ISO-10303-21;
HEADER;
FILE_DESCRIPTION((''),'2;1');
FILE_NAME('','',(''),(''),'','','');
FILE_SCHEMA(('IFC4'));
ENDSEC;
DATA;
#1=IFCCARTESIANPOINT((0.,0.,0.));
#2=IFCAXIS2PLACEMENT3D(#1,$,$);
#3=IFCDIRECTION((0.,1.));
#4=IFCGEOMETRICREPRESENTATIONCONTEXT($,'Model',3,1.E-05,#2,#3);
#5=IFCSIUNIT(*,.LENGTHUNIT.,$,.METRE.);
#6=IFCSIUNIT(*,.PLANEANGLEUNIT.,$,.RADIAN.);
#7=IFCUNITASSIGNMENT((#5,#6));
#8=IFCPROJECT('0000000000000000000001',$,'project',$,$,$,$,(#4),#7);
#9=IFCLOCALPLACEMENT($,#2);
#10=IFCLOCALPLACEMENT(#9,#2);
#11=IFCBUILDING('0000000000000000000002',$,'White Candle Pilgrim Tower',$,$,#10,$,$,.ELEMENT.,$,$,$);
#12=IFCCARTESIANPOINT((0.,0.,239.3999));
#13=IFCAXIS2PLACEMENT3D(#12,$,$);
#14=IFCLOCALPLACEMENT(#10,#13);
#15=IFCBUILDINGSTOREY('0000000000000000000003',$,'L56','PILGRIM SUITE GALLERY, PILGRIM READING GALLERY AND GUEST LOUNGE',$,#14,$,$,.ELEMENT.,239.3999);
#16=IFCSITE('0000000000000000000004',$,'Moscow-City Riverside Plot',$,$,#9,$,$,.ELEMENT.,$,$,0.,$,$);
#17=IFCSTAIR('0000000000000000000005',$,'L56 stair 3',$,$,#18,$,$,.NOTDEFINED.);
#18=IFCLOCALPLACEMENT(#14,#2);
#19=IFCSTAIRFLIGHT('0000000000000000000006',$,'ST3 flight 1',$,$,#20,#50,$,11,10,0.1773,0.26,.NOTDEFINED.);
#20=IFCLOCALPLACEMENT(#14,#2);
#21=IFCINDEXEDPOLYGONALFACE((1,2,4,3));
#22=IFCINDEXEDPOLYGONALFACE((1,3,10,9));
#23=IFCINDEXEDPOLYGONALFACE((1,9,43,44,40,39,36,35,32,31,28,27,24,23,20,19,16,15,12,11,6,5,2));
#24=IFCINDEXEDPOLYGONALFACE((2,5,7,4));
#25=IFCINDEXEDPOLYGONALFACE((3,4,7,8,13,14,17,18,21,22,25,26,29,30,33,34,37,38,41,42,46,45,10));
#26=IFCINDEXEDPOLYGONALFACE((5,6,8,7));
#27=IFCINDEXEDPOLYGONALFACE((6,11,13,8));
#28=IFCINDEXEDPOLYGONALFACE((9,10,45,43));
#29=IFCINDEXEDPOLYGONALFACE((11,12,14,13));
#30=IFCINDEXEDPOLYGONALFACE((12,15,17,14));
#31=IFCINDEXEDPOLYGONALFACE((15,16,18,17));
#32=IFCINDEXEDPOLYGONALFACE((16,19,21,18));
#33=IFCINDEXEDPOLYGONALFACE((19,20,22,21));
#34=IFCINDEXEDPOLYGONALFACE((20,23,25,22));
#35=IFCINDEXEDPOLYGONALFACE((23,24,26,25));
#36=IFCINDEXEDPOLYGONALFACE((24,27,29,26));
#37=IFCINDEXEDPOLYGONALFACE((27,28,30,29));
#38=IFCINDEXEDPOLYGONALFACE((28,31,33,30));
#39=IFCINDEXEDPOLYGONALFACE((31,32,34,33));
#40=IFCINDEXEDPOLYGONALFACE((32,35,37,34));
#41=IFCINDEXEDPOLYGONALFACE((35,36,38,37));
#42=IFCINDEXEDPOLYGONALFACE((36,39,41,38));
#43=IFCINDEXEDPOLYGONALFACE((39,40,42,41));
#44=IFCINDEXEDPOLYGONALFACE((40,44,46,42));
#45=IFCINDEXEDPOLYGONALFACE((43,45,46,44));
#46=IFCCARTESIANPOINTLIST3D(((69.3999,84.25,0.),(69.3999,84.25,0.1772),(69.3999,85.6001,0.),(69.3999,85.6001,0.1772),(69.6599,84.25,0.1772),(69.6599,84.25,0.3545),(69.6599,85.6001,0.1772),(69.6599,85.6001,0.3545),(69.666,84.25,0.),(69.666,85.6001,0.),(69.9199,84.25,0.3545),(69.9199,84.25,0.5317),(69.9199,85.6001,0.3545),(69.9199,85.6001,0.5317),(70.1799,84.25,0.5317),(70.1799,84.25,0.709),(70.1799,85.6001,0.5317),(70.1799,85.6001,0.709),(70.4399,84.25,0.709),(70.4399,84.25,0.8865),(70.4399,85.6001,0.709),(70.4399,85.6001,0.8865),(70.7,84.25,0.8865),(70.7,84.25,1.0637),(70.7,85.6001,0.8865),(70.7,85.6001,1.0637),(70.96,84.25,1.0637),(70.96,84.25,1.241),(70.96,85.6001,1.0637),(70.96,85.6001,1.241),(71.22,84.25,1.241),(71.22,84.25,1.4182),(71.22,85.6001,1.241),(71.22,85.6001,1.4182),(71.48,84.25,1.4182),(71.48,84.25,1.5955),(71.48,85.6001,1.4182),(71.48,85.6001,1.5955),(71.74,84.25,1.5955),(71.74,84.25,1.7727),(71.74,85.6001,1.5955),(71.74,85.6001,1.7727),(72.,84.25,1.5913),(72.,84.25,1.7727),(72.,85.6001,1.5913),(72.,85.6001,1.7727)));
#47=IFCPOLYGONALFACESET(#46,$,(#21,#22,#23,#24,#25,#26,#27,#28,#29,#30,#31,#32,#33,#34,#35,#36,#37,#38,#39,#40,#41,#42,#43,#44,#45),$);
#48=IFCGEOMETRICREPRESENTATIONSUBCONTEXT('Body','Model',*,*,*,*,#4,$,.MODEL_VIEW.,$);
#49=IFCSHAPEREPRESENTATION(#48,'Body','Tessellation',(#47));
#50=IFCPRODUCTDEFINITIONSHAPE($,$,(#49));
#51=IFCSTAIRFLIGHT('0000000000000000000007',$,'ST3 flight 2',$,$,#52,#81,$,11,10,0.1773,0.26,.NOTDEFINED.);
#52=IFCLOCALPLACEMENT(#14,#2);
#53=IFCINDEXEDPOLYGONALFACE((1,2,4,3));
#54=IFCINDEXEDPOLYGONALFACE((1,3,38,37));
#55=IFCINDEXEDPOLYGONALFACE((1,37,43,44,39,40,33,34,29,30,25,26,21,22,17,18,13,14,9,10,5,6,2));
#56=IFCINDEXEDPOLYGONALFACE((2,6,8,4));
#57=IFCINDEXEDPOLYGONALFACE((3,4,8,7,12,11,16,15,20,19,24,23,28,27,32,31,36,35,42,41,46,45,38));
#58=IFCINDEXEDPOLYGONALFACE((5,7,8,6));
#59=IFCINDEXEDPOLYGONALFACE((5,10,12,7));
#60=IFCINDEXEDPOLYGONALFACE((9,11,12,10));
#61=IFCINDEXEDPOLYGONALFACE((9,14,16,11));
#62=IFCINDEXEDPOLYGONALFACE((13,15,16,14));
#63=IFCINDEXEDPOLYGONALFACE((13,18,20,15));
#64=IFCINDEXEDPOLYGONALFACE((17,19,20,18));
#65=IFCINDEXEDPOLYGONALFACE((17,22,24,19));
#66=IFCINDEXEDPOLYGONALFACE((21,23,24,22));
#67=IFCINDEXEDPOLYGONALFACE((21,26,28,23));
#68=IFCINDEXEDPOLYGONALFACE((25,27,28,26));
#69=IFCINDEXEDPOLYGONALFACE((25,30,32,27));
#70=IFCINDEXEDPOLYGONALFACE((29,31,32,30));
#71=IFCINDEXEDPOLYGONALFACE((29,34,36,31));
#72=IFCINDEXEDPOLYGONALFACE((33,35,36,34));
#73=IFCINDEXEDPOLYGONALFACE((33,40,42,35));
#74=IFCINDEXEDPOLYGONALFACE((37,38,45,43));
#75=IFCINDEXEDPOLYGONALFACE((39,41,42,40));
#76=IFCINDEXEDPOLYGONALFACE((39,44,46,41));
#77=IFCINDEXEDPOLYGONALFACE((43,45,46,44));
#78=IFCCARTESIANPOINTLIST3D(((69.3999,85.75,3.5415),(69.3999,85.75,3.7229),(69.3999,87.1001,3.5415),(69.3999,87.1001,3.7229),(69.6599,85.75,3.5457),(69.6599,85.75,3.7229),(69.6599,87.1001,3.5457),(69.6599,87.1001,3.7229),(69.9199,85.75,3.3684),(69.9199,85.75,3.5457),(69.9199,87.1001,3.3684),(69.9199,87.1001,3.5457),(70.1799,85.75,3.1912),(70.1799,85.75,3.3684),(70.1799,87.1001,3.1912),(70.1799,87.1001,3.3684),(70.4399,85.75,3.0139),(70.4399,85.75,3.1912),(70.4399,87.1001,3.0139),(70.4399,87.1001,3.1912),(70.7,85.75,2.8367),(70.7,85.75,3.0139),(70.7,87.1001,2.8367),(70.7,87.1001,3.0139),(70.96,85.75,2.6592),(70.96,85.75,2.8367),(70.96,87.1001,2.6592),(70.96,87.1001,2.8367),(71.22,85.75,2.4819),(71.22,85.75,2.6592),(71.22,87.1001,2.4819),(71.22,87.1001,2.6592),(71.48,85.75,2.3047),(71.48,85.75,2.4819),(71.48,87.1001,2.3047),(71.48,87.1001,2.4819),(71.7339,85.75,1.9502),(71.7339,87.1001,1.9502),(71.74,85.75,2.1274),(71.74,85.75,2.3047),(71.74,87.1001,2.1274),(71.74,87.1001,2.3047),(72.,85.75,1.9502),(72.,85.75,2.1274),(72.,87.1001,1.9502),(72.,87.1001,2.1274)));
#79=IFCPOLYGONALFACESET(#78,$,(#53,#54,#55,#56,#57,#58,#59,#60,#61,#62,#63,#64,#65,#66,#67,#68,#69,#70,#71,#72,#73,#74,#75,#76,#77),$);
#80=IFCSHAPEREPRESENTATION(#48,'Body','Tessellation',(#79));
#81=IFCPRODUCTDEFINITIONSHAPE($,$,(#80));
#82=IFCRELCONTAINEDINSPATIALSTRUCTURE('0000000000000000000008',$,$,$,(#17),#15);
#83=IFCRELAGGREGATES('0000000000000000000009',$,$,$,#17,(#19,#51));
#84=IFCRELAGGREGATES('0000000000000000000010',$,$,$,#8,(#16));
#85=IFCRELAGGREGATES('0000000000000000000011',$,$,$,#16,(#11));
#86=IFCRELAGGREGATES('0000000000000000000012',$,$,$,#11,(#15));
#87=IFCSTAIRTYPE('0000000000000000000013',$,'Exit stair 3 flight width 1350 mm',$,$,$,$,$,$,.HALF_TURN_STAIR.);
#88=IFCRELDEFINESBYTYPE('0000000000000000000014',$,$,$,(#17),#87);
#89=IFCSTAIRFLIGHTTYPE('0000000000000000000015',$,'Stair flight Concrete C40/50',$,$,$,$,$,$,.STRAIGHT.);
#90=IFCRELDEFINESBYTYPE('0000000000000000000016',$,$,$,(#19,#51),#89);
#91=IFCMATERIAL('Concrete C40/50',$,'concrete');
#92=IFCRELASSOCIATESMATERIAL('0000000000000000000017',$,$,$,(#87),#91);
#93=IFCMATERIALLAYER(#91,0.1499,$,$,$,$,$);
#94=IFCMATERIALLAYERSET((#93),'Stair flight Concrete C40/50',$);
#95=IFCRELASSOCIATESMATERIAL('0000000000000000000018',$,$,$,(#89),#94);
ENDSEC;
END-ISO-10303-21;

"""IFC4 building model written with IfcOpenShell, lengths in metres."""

from ifc_helpers import new_model, si_unit, direction, frame, origin, place, context, subcontext, project, spatial, polyline, outline, extrude, material, layer, layer_set, type_object, element, aggregate, save


model = new_model("IFC4")

# Units and contexts
model_context = context("Model", 3, precision=1e-05, world=origin(), true_north=direction((0.0, 1.0)))
body_context = subcontext(model_context, "Body", "Model", "MODEL_VIEW")
ifc_project = project(units=[si_unit("LENGTHUNIT", "METRE"), si_unit("PLANEANGLEUNIT", "RADIAN")], contexts=[model_context])

# Site, building, storey
site_placement = place(None, origin())
site = spatial("IfcSite", under=ifc_project, at=site_placement, Name="Moscow-City Riverside Plot", CompositionType="ELEMENT", RefElevation=0.0)
building_placement = place(site_placement, origin())
building = spatial("IfcBuilding", under=site, at=building_placement, Name="White Candle Pilgrim Tower", CompositionType="ELEMENT")
storey_placement = place(building_placement, frame((0.0, 0.0, 239.3999)))
storey = spatial("IfcBuildingStorey", under=building, at=storey_placement, Name="L56", Description="PILGRIM SUITE GALLERY, PILGRIM READING GALLERY AND GUEST LOUNGE", CompositionType="ELEMENT", Elevation=239.3999)

# Stair, stair flights
ifc_material_1 = material(Name="Concrete C40/50", Category="concrete")
stair_type = type_object("IfcStairType", Name="Exit stair 3 flight width 1350 mm", PredefinedType="HALF_TURN_STAIR", material=ifc_material_1)
stair_placement = place(storey_placement, origin())
stair = element("IfcStair", 1, at=stair_placement, inside=storey, type_object=stair_type, Name="L56 stair 3", PredefinedType="NOTDEFINED")
ifc_layer_1 = layer(ifc_material_1, 0.1499)
ifc_layer_set_1 = layer_set([ifc_layer_1], Name="Stair flight Concrete C40/50")
stair_flight_type = type_object("IfcStairFlightType", Name="Stair flight Concrete C40/50", PredefinedType="STRAIGHT", material=ifc_layer_set_1)
stair_flight_1_placement = place(storey_placement, frame((69.3999, 84.925, 0.0), z_axis=(0.0, 0.0, 1.0), x_axis=(1.0, 0.0, 0.0)))
stair_flight_1 = element("IfcStairFlight", 2, at=stair_flight_1_placement, type_object=stair_flight_type, Name="ST3 flight 1", NumberOfRisers=11, NumberOfTreads=10, PredefinedType="NOTDEFINED", RiserHeight=0.1773, TreadLength=0.26, context=body_context, shape_type="SweptSolid", body=[
    extrude(outline(polyline([(0.0, 0.0), (0.0, 0.1772), (0.26, 0.1772), (0.26, 0.3545), (0.52, 0.3545), (0.52, 0.5317), (0.78, 0.5317), (0.78, 0.709), (1.04, 0.709), (1.04, 0.8865), (1.3, 0.8865), (1.3, 1.0637), (1.5601, 1.0637), (1.5601, 1.241), (1.8201, 1.241), (1.8201, 1.4182), (2.0801, 1.4182), (2.0801, 1.5955), (2.3401, 1.5955), (2.3401, 1.7727), (2.6001, 1.7727), (2.6001, 1.95), (2.6001, 1.5913), (0.2661, 0.0), (0.0, 0.0)])), frame((0.0, 0.675, 0.0), z_axis=(0.0, -1.0, 0.0), x_axis=(1.0, 0.0, 0.0)), (0.0, 0.0, 1.0), 1.3501),
])
stair_flight_2_placement = place(storey_placement, frame((72.0, 86.425, 1.9502), z_axis=(0.0, 0.0, 1.0), x_axis=(-1.0, 0.0, 0.0)))
stair_flight_2 = element("IfcStairFlight", 3, at=stair_flight_2_placement, type_object=stair_flight_type, Name="ST3 flight 2", NumberOfRisers=11, NumberOfTreads=10, PredefinedType="NOTDEFINED", RiserHeight=0.1773, TreadLength=0.26, context=body_context, shape_type="SweptSolid", body=[
    extrude(outline(polyline([(0.0, 0.0), (0.0, 0.1772), (0.26, 0.1772), (0.26, 0.3545), (0.52, 0.3545), (0.52, 0.5317), (0.78, 0.5317), (0.78, 0.709), (1.04, 0.709), (1.04, 0.8865), (1.3, 0.8865), (1.3, 1.0637), (1.5601, 1.0637), (1.5601, 1.241), (1.8201, 1.241), (1.8201, 1.4182), (2.0801, 1.4182), (2.0801, 1.5955), (2.3401, 1.5955), (2.3401, 1.7727), (2.6001, 1.7727), (2.6001, 1.95), (2.6001, 1.5913), (0.2661, 0.0), (0.0, 0.0)])), frame((0.0, 0.675, 0.0), z_axis=(0.0, -1.0, 0.0), x_axis=(1.0, 0.0, 0.0)), (0.0, 0.0, 1.0), 1.3501),
])
aggregate(stair, [stair_flight_1, stair_flight_2])

save(model, "model.ifc")
